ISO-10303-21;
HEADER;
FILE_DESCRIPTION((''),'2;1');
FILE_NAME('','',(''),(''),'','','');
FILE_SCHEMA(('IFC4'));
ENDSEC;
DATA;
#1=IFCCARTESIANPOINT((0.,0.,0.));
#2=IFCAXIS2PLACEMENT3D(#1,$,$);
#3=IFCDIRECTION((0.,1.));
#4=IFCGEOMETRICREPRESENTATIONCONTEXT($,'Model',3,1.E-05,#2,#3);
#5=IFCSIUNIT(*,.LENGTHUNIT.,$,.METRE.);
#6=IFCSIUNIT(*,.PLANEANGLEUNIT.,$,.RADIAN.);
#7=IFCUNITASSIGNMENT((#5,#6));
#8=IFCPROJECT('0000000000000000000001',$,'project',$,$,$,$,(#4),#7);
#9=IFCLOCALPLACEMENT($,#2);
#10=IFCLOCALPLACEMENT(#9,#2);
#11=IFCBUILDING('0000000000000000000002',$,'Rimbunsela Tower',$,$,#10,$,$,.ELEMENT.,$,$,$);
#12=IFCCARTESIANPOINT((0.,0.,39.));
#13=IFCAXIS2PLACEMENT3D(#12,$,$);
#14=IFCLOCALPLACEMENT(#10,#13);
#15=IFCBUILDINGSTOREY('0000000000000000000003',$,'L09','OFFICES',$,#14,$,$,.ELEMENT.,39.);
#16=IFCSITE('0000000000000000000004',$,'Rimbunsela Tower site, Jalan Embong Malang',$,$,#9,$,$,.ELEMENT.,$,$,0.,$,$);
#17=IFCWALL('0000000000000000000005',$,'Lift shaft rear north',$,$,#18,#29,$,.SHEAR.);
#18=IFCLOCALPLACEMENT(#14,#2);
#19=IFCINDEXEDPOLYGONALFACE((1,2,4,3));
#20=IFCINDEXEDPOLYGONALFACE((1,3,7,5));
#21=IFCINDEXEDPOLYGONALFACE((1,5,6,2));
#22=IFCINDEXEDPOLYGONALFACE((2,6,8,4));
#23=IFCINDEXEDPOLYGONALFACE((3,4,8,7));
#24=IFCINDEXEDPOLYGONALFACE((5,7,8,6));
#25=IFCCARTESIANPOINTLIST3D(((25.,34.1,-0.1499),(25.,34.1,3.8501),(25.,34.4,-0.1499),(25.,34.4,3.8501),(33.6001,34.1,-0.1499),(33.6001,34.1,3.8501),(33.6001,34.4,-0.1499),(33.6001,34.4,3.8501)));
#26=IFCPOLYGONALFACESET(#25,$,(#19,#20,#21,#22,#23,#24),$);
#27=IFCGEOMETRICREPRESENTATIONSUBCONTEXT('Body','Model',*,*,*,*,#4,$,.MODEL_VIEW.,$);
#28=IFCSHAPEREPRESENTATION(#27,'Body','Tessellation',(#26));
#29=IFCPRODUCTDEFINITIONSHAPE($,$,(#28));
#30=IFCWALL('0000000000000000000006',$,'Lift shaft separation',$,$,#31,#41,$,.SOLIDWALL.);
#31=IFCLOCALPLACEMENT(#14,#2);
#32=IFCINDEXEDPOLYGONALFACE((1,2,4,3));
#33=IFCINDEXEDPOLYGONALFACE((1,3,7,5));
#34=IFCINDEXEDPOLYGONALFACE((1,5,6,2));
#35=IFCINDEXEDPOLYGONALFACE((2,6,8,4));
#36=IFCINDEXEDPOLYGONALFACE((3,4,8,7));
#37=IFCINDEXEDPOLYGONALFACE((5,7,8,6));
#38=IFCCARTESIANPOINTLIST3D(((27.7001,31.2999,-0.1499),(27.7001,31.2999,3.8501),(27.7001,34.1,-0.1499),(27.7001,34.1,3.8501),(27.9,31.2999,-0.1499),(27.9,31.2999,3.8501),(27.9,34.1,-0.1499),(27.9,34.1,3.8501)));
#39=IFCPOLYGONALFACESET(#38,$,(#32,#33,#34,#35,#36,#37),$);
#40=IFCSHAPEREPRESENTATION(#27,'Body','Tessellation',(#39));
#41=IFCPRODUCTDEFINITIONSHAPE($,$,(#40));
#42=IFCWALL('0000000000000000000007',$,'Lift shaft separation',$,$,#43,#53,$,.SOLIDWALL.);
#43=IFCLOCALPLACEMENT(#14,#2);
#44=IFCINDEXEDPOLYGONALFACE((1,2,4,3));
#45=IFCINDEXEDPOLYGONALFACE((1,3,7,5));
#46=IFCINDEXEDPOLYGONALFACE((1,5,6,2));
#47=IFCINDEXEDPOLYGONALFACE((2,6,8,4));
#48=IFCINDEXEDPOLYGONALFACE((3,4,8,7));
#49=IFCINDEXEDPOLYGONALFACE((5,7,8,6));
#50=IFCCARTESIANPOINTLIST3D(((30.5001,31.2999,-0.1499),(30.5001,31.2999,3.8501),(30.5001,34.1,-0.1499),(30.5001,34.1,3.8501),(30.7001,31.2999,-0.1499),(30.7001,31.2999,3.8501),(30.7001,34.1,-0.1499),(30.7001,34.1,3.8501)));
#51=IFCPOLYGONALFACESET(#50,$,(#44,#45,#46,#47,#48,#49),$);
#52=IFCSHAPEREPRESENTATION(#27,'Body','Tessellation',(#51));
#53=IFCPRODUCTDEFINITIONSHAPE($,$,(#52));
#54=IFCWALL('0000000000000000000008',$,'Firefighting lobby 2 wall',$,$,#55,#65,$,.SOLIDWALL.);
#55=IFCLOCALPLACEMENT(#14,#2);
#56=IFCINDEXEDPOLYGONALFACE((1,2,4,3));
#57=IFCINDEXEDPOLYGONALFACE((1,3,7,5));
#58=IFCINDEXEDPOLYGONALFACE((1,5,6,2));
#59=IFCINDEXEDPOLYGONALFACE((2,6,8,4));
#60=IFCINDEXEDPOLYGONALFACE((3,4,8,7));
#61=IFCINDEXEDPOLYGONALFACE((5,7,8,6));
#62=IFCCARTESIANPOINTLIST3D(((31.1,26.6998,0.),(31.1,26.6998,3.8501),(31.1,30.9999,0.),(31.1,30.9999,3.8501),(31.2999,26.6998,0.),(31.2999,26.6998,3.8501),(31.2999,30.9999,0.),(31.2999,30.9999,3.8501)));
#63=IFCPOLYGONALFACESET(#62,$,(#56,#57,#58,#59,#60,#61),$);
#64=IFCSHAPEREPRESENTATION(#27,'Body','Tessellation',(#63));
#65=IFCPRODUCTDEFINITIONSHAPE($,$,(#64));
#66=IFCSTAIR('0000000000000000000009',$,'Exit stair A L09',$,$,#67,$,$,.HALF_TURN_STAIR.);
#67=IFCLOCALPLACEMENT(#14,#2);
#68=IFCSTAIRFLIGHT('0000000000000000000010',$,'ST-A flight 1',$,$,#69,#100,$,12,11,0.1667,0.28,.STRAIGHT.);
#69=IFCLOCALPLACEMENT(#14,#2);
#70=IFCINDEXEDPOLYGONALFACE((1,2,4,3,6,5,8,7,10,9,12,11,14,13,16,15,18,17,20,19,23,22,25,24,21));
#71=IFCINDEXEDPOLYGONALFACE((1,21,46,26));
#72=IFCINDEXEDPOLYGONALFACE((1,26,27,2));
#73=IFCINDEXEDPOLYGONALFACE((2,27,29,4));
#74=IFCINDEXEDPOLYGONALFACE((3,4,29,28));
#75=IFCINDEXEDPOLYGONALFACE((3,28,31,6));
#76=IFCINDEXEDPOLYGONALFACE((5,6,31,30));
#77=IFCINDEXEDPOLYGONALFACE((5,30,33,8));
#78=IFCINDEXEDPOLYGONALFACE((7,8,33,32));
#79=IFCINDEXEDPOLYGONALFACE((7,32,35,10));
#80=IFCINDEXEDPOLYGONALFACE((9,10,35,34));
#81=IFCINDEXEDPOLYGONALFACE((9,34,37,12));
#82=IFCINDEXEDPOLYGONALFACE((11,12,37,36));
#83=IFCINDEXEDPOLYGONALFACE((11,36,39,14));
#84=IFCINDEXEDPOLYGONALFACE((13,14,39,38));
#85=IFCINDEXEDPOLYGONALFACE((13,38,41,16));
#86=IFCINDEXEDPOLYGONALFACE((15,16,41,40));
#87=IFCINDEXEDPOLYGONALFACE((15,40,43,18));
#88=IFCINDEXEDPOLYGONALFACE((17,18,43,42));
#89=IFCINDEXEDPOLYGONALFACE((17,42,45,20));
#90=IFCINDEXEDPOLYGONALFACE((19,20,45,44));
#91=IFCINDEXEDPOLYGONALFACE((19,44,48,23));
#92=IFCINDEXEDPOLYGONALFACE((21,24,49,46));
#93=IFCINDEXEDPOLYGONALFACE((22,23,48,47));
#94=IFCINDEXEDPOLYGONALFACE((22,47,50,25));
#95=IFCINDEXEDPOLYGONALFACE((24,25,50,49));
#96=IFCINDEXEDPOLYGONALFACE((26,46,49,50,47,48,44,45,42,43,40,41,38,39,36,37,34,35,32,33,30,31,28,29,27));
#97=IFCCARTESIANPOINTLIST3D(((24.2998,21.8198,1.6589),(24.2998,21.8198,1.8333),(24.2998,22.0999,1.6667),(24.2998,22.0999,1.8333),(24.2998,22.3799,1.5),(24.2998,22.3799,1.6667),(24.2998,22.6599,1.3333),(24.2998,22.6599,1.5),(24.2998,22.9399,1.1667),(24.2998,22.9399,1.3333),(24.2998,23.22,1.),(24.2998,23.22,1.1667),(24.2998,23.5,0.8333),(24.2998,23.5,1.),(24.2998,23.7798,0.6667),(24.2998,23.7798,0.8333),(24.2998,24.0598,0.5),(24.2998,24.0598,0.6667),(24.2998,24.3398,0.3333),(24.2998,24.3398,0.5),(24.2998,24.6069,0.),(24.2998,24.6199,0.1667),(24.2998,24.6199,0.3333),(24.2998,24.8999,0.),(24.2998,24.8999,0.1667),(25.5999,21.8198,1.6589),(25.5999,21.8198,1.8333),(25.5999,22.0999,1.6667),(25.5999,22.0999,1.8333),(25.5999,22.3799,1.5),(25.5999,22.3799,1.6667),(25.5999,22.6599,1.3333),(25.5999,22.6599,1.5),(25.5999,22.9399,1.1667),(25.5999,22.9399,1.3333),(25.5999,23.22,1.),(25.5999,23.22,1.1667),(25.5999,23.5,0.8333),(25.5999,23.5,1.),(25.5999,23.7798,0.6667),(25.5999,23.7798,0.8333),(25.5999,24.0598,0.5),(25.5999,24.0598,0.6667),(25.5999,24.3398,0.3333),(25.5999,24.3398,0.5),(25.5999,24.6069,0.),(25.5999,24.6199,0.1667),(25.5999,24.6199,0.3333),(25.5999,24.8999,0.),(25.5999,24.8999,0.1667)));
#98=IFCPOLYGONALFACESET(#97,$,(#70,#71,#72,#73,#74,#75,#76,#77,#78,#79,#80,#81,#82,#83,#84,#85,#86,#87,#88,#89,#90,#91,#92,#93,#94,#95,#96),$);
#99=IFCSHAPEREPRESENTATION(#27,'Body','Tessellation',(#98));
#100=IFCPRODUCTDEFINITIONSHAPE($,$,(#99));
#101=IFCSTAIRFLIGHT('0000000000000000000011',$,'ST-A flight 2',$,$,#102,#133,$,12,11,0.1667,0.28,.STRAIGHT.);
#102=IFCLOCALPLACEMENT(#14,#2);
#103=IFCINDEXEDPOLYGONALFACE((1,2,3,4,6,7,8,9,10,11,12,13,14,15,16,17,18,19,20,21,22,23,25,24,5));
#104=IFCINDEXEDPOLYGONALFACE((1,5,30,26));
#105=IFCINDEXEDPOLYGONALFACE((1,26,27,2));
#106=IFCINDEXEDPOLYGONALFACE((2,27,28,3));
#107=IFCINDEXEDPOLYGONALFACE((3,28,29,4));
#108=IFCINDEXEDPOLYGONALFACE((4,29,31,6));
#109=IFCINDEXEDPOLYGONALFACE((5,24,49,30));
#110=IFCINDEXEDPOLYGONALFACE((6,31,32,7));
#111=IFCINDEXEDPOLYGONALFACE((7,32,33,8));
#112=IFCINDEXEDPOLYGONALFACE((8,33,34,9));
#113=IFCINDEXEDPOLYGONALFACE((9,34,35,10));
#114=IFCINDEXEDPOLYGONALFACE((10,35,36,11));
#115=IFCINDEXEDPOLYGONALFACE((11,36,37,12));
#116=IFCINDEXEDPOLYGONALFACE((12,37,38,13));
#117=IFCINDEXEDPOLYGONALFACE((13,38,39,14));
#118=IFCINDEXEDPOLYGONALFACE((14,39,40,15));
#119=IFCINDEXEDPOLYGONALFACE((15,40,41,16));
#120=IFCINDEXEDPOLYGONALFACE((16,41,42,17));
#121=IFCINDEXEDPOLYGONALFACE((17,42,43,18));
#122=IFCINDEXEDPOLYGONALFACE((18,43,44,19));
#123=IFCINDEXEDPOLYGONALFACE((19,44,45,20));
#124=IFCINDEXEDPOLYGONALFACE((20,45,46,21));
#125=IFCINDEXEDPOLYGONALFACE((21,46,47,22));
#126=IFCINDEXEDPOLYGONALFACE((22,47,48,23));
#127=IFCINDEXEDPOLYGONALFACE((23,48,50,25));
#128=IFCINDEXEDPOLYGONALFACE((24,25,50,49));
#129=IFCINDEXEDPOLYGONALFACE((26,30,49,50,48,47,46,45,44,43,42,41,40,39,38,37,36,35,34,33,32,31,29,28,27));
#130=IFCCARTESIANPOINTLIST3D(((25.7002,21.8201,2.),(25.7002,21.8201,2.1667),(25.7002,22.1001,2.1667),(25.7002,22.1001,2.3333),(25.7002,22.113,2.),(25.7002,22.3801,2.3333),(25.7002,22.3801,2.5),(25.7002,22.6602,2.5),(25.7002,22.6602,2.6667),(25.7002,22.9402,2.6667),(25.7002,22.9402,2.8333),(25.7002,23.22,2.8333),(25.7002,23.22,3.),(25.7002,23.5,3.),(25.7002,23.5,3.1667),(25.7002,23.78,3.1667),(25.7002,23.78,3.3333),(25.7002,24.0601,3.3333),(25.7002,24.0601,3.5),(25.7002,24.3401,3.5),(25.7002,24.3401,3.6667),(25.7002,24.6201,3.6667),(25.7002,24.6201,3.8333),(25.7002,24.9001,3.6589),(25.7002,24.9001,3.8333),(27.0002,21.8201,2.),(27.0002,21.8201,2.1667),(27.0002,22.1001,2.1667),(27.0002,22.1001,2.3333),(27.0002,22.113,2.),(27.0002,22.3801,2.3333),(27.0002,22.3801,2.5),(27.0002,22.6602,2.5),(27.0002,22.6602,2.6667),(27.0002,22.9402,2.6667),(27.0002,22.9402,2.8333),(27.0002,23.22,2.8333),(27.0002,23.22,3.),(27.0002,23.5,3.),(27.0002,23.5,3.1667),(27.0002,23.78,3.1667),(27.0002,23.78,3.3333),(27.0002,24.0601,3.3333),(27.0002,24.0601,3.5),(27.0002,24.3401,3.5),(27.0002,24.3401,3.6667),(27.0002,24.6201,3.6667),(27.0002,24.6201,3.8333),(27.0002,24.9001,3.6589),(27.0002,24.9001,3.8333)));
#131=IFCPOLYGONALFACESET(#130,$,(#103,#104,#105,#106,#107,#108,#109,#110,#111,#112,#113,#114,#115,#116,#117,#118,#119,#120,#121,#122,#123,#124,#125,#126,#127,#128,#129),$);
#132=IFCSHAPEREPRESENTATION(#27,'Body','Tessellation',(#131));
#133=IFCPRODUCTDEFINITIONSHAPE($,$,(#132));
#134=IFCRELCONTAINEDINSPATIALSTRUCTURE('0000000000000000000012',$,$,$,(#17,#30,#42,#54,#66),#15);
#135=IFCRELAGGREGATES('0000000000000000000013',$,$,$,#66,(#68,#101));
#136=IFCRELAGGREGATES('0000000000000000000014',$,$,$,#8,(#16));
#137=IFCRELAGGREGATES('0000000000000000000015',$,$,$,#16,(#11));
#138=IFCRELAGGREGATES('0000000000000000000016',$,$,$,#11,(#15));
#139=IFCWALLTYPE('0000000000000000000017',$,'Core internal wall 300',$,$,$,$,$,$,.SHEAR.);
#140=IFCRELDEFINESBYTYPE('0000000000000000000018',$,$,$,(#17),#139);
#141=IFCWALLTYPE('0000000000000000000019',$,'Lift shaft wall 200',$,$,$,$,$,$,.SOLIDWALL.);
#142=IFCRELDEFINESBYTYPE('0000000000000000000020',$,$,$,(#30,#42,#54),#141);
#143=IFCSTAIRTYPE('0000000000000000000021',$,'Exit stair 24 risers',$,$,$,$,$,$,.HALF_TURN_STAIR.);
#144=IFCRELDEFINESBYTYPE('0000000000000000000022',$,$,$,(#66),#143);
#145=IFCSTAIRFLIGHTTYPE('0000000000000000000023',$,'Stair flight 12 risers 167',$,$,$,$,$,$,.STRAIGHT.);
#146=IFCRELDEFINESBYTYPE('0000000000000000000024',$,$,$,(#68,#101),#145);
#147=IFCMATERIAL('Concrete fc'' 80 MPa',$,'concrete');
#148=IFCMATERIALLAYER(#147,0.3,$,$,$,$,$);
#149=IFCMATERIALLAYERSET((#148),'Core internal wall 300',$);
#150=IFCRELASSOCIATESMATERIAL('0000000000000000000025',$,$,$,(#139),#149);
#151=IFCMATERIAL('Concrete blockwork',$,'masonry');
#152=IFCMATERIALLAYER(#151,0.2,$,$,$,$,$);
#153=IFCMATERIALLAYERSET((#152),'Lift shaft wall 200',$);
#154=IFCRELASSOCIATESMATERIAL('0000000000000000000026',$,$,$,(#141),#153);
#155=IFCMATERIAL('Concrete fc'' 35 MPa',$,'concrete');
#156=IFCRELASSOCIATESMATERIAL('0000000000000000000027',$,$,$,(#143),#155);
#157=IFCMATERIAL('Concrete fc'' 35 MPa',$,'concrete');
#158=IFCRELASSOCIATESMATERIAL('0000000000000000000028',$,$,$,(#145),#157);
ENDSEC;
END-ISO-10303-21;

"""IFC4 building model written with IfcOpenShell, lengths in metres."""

from ifc_helpers import new_model, si_unit, direction, frame, frame_2d, origin, place, context, subcontext, project, spatial, polyline, rectangle, outline, extrude, material, layer, layer_set, type_object, element, aggregate, save


model = new_model("IFC4")

# Units and contexts
model_context = context("Model", 3, precision=1e-05, world=origin(), true_north=direction((0.0, 1.0)))
body_context = subcontext(model_context, "Body", "Model", "MODEL_VIEW")
ifc_project = project(units=[si_unit("LENGTHUNIT", "METRE"), si_unit("PLANEANGLEUNIT", "RADIAN")], contexts=[model_context])

# Site, building, storey
site_placement = place(None, origin())
site = spatial("IfcSite", under=ifc_project, at=site_placement, Name="Rimbunsela Tower site, Jalan Embong Malang", CompositionType="ELEMENT", RefElevation=0.0)
building_placement = place(site_placement, origin())
building = spatial("IfcBuilding", under=site, at=building_placement, Name="Rimbunsela Tower", CompositionType="ELEMENT")
storey_placement = place(building_placement, frame((0.0, 0.0, 39.0)))
storey = spatial("IfcBuildingStorey", under=building, at=storey_placement, Name="L09", Description="OFFICES", CompositionType="ELEMENT", Elevation=39.0)

# Shared definitions
ifc_material_1 = material(Name="Concrete fc' 80 MPa", Category="concrete")
ifc_layer_1 = layer(ifc_material_1, 0.3)
ifc_layer_set_1 = layer_set([ifc_layer_1], Name="Core internal wall 300")
wall_type_1 = type_object("IfcWallType", Name="Core internal wall 300", PredefinedType="SHEAR", material=ifc_layer_set_1)

# Walls
wall_1_placement = place(storey_placement, frame((25.0, 34.25, -0.1499), z_axis=(0.0, 0.0, 1.0), x_axis=(1.0, 0.0, 0.0)))
element("IfcWall", 1, at=wall_1_placement, inside=storey, type_object=wall_type_1, Name="Lift shaft rear north", PredefinedType="SHEAR", context=body_context, shape_type="SweptSolid", body=[
    extrude(rectangle(XDim=8.6001, YDim=0.3, at=frame_2d((4.3, 0.0))), origin(), (0.0, 0.0, 1.0), 4.0),
])
ifc_material_2 = material(Name="Concrete blockwork", Category="masonry")
ifc_layer_2 = layer(ifc_material_2, 0.2)
ifc_layer_set_2 = layer_set([ifc_layer_2], Name="Lift shaft wall 200")
wall_type_2 = type_object("IfcWallType", Name="Lift shaft wall 200", PredefinedType="SOLIDWALL", material=ifc_layer_set_2)
for number, where, z_axis, x_axis, name in (
    (2, (27.8, 31.3, -0.1499), (0.0, 0.0, 1.0), (0.0, 1.0, 0.0), "Lift shaft separation"),
    (3, (30.6001, 31.3, -0.1499), (0.0, 0.0, 1.0), (0.0, 1.0, 0.0), "Lift shaft separation"),
):
    element("IfcWall", number, at=place(storey_placement, frame(where, z_axis=z_axis, x_axis=x_axis)), inside=storey, type_object=wall_type_2, Name=name, PredefinedType="SOLIDWALL", context=body_context, shape_type="SweptSolid", body=[
        extrude(rectangle(XDim=2.8, YDim=0.2, at=frame_2d((1.3999, 0.0))), origin(), (0.0, 0.0, 1.0), 4.0),
    ])
wall_2_placement = place(storey_placement, frame((31.2, 26.7, 0.0), z_axis=(0.0, 0.0, 1.0), x_axis=(0.0, 1.0, 0.0)))
element("IfcWall", 4, at=wall_2_placement, inside=storey, type_object=wall_type_2, Name="Firefighting lobby 2 wall", PredefinedType="SOLIDWALL", context=body_context, shape_type="SweptSolid", body=[
    extrude(rectangle(XDim=4.3, YDim=0.2, at=frame_2d((2.1499, 0.0))), origin(), (0.0, 0.0, 1.0), 3.8501),
])

# Stair, stair flights
ifc_material_3 = material(Name="Concrete fc' 35 MPa", Category="concrete")
stair_type = type_object("IfcStairType", Name="Exit stair 24 risers", PredefinedType="HALF_TURN_STAIR", material=ifc_material_3)
stair_placement = place(storey_placement, origin())
stair = element("IfcStair", 5, at=stair_placement, inside=storey, type_object=stair_type, Name="Exit stair A L09", PredefinedType="HALF_TURN_STAIR")
ifc_material_4 = material(Name="Concrete fc' 35 MPa", Category="concrete")
stair_flight_type = type_object("IfcStairFlightType", Name="Stair flight 12 risers 167", PredefinedType="STRAIGHT", material=ifc_material_4)
stair_flight_1_placement = place(storey_placement, frame((24.95, 24.8999, 0.0), z_axis=(0.0, 0.0, 1.0), x_axis=(0.0, -1.0, 0.0)))
stair_flight_1 = element("IfcStairFlight", 6, at=stair_flight_1_placement, type_object=stair_flight_type, Name="ST-A flight 1", NumberOfRisers=12, NumberOfTreads=11, PredefinedType="STRAIGHT", RiserHeight=0.1667, TreadLength=0.28, context=body_context, shape_type="SweptSolid", body=[
    extrude(outline(polyline([(0.0, 0.0), (0.0, 0.1667), (0.28, 0.1667), (0.28, 0.3333), (0.5601, 0.3333), (0.5601, 0.5), (0.8401, 0.5), (0.8401, 0.6667), (1.1201, 0.6667), (1.1201, 0.8333), (1.3999, 0.8333), (1.3999, 1.0), (1.6799, 1.0), (1.6799, 1.1667), (1.96, 1.1667), (1.96, 1.3333), (2.24, 1.3333), (2.24, 1.5), (2.52, 1.5), (2.52, 1.6667), (2.8, 1.6667), (2.8, 1.8333), (3.0801, 1.8333), (3.0801, 2.0), (3.0801, 1.6589), (0.293, 0.0), (0.0, 0.0)])), frame((0.0, 0.6499, 0.0), z_axis=(0.0, -1.0, 0.0), x_axis=(1.0, 0.0, 0.0)), (0.0, 0.0, 1.0), 1.3),
])
stair_flight_2_placement = place(storey_placement, frame((26.3501, 21.8201, 2.0), z_axis=(0.0, 0.0, 1.0), x_axis=(0.0, 1.0, 0.0)))
stair_flight_2 = element("IfcStairFlight", 7, at=stair_flight_2_placement, type_object=stair_flight_type, Name="ST-A flight 2", NumberOfRisers=12, NumberOfTreads=11, PredefinedType="STRAIGHT", RiserHeight=0.1667, TreadLength=0.28, context=body_context, shape_type="SweptSolid", body=[
    extrude(outline(polyline([(0.0, 0.0), (0.0, 0.1667), (0.28, 0.1667), (0.28, 0.3333), (0.5601, 0.3333), (0.5601, 0.5), (0.8401, 0.5), (0.8401, 0.6667), (1.1201, 0.6667), (1.1201, 0.8333), (1.3999, 0.8333), (1.3999, 1.0), (1.6799, 1.0), (1.6799, 1.1667), (1.96, 1.1667), (1.96, 1.3333), (2.24, 1.3333), (2.24, 1.5), (2.52, 1.5), (2.52, 1.6667), (2.8, 1.6667), (2.8, 1.8333), (3.0801, 1.8333), (3.0801, 2.0), (3.0801, 1.6589), (0.293, 0.0), (0.0, 0.0)])), frame((0.0, 0.6499, 0.0), z_axis=(0.0, -1.0, 0.0), x_axis=(1.0, 0.0, 0.0)), (0.0, 0.0, 1.0), 1.3),
])
aggregate(stair, [stair_flight_1, stair_flight_2])

save(model, "model.ifc")
